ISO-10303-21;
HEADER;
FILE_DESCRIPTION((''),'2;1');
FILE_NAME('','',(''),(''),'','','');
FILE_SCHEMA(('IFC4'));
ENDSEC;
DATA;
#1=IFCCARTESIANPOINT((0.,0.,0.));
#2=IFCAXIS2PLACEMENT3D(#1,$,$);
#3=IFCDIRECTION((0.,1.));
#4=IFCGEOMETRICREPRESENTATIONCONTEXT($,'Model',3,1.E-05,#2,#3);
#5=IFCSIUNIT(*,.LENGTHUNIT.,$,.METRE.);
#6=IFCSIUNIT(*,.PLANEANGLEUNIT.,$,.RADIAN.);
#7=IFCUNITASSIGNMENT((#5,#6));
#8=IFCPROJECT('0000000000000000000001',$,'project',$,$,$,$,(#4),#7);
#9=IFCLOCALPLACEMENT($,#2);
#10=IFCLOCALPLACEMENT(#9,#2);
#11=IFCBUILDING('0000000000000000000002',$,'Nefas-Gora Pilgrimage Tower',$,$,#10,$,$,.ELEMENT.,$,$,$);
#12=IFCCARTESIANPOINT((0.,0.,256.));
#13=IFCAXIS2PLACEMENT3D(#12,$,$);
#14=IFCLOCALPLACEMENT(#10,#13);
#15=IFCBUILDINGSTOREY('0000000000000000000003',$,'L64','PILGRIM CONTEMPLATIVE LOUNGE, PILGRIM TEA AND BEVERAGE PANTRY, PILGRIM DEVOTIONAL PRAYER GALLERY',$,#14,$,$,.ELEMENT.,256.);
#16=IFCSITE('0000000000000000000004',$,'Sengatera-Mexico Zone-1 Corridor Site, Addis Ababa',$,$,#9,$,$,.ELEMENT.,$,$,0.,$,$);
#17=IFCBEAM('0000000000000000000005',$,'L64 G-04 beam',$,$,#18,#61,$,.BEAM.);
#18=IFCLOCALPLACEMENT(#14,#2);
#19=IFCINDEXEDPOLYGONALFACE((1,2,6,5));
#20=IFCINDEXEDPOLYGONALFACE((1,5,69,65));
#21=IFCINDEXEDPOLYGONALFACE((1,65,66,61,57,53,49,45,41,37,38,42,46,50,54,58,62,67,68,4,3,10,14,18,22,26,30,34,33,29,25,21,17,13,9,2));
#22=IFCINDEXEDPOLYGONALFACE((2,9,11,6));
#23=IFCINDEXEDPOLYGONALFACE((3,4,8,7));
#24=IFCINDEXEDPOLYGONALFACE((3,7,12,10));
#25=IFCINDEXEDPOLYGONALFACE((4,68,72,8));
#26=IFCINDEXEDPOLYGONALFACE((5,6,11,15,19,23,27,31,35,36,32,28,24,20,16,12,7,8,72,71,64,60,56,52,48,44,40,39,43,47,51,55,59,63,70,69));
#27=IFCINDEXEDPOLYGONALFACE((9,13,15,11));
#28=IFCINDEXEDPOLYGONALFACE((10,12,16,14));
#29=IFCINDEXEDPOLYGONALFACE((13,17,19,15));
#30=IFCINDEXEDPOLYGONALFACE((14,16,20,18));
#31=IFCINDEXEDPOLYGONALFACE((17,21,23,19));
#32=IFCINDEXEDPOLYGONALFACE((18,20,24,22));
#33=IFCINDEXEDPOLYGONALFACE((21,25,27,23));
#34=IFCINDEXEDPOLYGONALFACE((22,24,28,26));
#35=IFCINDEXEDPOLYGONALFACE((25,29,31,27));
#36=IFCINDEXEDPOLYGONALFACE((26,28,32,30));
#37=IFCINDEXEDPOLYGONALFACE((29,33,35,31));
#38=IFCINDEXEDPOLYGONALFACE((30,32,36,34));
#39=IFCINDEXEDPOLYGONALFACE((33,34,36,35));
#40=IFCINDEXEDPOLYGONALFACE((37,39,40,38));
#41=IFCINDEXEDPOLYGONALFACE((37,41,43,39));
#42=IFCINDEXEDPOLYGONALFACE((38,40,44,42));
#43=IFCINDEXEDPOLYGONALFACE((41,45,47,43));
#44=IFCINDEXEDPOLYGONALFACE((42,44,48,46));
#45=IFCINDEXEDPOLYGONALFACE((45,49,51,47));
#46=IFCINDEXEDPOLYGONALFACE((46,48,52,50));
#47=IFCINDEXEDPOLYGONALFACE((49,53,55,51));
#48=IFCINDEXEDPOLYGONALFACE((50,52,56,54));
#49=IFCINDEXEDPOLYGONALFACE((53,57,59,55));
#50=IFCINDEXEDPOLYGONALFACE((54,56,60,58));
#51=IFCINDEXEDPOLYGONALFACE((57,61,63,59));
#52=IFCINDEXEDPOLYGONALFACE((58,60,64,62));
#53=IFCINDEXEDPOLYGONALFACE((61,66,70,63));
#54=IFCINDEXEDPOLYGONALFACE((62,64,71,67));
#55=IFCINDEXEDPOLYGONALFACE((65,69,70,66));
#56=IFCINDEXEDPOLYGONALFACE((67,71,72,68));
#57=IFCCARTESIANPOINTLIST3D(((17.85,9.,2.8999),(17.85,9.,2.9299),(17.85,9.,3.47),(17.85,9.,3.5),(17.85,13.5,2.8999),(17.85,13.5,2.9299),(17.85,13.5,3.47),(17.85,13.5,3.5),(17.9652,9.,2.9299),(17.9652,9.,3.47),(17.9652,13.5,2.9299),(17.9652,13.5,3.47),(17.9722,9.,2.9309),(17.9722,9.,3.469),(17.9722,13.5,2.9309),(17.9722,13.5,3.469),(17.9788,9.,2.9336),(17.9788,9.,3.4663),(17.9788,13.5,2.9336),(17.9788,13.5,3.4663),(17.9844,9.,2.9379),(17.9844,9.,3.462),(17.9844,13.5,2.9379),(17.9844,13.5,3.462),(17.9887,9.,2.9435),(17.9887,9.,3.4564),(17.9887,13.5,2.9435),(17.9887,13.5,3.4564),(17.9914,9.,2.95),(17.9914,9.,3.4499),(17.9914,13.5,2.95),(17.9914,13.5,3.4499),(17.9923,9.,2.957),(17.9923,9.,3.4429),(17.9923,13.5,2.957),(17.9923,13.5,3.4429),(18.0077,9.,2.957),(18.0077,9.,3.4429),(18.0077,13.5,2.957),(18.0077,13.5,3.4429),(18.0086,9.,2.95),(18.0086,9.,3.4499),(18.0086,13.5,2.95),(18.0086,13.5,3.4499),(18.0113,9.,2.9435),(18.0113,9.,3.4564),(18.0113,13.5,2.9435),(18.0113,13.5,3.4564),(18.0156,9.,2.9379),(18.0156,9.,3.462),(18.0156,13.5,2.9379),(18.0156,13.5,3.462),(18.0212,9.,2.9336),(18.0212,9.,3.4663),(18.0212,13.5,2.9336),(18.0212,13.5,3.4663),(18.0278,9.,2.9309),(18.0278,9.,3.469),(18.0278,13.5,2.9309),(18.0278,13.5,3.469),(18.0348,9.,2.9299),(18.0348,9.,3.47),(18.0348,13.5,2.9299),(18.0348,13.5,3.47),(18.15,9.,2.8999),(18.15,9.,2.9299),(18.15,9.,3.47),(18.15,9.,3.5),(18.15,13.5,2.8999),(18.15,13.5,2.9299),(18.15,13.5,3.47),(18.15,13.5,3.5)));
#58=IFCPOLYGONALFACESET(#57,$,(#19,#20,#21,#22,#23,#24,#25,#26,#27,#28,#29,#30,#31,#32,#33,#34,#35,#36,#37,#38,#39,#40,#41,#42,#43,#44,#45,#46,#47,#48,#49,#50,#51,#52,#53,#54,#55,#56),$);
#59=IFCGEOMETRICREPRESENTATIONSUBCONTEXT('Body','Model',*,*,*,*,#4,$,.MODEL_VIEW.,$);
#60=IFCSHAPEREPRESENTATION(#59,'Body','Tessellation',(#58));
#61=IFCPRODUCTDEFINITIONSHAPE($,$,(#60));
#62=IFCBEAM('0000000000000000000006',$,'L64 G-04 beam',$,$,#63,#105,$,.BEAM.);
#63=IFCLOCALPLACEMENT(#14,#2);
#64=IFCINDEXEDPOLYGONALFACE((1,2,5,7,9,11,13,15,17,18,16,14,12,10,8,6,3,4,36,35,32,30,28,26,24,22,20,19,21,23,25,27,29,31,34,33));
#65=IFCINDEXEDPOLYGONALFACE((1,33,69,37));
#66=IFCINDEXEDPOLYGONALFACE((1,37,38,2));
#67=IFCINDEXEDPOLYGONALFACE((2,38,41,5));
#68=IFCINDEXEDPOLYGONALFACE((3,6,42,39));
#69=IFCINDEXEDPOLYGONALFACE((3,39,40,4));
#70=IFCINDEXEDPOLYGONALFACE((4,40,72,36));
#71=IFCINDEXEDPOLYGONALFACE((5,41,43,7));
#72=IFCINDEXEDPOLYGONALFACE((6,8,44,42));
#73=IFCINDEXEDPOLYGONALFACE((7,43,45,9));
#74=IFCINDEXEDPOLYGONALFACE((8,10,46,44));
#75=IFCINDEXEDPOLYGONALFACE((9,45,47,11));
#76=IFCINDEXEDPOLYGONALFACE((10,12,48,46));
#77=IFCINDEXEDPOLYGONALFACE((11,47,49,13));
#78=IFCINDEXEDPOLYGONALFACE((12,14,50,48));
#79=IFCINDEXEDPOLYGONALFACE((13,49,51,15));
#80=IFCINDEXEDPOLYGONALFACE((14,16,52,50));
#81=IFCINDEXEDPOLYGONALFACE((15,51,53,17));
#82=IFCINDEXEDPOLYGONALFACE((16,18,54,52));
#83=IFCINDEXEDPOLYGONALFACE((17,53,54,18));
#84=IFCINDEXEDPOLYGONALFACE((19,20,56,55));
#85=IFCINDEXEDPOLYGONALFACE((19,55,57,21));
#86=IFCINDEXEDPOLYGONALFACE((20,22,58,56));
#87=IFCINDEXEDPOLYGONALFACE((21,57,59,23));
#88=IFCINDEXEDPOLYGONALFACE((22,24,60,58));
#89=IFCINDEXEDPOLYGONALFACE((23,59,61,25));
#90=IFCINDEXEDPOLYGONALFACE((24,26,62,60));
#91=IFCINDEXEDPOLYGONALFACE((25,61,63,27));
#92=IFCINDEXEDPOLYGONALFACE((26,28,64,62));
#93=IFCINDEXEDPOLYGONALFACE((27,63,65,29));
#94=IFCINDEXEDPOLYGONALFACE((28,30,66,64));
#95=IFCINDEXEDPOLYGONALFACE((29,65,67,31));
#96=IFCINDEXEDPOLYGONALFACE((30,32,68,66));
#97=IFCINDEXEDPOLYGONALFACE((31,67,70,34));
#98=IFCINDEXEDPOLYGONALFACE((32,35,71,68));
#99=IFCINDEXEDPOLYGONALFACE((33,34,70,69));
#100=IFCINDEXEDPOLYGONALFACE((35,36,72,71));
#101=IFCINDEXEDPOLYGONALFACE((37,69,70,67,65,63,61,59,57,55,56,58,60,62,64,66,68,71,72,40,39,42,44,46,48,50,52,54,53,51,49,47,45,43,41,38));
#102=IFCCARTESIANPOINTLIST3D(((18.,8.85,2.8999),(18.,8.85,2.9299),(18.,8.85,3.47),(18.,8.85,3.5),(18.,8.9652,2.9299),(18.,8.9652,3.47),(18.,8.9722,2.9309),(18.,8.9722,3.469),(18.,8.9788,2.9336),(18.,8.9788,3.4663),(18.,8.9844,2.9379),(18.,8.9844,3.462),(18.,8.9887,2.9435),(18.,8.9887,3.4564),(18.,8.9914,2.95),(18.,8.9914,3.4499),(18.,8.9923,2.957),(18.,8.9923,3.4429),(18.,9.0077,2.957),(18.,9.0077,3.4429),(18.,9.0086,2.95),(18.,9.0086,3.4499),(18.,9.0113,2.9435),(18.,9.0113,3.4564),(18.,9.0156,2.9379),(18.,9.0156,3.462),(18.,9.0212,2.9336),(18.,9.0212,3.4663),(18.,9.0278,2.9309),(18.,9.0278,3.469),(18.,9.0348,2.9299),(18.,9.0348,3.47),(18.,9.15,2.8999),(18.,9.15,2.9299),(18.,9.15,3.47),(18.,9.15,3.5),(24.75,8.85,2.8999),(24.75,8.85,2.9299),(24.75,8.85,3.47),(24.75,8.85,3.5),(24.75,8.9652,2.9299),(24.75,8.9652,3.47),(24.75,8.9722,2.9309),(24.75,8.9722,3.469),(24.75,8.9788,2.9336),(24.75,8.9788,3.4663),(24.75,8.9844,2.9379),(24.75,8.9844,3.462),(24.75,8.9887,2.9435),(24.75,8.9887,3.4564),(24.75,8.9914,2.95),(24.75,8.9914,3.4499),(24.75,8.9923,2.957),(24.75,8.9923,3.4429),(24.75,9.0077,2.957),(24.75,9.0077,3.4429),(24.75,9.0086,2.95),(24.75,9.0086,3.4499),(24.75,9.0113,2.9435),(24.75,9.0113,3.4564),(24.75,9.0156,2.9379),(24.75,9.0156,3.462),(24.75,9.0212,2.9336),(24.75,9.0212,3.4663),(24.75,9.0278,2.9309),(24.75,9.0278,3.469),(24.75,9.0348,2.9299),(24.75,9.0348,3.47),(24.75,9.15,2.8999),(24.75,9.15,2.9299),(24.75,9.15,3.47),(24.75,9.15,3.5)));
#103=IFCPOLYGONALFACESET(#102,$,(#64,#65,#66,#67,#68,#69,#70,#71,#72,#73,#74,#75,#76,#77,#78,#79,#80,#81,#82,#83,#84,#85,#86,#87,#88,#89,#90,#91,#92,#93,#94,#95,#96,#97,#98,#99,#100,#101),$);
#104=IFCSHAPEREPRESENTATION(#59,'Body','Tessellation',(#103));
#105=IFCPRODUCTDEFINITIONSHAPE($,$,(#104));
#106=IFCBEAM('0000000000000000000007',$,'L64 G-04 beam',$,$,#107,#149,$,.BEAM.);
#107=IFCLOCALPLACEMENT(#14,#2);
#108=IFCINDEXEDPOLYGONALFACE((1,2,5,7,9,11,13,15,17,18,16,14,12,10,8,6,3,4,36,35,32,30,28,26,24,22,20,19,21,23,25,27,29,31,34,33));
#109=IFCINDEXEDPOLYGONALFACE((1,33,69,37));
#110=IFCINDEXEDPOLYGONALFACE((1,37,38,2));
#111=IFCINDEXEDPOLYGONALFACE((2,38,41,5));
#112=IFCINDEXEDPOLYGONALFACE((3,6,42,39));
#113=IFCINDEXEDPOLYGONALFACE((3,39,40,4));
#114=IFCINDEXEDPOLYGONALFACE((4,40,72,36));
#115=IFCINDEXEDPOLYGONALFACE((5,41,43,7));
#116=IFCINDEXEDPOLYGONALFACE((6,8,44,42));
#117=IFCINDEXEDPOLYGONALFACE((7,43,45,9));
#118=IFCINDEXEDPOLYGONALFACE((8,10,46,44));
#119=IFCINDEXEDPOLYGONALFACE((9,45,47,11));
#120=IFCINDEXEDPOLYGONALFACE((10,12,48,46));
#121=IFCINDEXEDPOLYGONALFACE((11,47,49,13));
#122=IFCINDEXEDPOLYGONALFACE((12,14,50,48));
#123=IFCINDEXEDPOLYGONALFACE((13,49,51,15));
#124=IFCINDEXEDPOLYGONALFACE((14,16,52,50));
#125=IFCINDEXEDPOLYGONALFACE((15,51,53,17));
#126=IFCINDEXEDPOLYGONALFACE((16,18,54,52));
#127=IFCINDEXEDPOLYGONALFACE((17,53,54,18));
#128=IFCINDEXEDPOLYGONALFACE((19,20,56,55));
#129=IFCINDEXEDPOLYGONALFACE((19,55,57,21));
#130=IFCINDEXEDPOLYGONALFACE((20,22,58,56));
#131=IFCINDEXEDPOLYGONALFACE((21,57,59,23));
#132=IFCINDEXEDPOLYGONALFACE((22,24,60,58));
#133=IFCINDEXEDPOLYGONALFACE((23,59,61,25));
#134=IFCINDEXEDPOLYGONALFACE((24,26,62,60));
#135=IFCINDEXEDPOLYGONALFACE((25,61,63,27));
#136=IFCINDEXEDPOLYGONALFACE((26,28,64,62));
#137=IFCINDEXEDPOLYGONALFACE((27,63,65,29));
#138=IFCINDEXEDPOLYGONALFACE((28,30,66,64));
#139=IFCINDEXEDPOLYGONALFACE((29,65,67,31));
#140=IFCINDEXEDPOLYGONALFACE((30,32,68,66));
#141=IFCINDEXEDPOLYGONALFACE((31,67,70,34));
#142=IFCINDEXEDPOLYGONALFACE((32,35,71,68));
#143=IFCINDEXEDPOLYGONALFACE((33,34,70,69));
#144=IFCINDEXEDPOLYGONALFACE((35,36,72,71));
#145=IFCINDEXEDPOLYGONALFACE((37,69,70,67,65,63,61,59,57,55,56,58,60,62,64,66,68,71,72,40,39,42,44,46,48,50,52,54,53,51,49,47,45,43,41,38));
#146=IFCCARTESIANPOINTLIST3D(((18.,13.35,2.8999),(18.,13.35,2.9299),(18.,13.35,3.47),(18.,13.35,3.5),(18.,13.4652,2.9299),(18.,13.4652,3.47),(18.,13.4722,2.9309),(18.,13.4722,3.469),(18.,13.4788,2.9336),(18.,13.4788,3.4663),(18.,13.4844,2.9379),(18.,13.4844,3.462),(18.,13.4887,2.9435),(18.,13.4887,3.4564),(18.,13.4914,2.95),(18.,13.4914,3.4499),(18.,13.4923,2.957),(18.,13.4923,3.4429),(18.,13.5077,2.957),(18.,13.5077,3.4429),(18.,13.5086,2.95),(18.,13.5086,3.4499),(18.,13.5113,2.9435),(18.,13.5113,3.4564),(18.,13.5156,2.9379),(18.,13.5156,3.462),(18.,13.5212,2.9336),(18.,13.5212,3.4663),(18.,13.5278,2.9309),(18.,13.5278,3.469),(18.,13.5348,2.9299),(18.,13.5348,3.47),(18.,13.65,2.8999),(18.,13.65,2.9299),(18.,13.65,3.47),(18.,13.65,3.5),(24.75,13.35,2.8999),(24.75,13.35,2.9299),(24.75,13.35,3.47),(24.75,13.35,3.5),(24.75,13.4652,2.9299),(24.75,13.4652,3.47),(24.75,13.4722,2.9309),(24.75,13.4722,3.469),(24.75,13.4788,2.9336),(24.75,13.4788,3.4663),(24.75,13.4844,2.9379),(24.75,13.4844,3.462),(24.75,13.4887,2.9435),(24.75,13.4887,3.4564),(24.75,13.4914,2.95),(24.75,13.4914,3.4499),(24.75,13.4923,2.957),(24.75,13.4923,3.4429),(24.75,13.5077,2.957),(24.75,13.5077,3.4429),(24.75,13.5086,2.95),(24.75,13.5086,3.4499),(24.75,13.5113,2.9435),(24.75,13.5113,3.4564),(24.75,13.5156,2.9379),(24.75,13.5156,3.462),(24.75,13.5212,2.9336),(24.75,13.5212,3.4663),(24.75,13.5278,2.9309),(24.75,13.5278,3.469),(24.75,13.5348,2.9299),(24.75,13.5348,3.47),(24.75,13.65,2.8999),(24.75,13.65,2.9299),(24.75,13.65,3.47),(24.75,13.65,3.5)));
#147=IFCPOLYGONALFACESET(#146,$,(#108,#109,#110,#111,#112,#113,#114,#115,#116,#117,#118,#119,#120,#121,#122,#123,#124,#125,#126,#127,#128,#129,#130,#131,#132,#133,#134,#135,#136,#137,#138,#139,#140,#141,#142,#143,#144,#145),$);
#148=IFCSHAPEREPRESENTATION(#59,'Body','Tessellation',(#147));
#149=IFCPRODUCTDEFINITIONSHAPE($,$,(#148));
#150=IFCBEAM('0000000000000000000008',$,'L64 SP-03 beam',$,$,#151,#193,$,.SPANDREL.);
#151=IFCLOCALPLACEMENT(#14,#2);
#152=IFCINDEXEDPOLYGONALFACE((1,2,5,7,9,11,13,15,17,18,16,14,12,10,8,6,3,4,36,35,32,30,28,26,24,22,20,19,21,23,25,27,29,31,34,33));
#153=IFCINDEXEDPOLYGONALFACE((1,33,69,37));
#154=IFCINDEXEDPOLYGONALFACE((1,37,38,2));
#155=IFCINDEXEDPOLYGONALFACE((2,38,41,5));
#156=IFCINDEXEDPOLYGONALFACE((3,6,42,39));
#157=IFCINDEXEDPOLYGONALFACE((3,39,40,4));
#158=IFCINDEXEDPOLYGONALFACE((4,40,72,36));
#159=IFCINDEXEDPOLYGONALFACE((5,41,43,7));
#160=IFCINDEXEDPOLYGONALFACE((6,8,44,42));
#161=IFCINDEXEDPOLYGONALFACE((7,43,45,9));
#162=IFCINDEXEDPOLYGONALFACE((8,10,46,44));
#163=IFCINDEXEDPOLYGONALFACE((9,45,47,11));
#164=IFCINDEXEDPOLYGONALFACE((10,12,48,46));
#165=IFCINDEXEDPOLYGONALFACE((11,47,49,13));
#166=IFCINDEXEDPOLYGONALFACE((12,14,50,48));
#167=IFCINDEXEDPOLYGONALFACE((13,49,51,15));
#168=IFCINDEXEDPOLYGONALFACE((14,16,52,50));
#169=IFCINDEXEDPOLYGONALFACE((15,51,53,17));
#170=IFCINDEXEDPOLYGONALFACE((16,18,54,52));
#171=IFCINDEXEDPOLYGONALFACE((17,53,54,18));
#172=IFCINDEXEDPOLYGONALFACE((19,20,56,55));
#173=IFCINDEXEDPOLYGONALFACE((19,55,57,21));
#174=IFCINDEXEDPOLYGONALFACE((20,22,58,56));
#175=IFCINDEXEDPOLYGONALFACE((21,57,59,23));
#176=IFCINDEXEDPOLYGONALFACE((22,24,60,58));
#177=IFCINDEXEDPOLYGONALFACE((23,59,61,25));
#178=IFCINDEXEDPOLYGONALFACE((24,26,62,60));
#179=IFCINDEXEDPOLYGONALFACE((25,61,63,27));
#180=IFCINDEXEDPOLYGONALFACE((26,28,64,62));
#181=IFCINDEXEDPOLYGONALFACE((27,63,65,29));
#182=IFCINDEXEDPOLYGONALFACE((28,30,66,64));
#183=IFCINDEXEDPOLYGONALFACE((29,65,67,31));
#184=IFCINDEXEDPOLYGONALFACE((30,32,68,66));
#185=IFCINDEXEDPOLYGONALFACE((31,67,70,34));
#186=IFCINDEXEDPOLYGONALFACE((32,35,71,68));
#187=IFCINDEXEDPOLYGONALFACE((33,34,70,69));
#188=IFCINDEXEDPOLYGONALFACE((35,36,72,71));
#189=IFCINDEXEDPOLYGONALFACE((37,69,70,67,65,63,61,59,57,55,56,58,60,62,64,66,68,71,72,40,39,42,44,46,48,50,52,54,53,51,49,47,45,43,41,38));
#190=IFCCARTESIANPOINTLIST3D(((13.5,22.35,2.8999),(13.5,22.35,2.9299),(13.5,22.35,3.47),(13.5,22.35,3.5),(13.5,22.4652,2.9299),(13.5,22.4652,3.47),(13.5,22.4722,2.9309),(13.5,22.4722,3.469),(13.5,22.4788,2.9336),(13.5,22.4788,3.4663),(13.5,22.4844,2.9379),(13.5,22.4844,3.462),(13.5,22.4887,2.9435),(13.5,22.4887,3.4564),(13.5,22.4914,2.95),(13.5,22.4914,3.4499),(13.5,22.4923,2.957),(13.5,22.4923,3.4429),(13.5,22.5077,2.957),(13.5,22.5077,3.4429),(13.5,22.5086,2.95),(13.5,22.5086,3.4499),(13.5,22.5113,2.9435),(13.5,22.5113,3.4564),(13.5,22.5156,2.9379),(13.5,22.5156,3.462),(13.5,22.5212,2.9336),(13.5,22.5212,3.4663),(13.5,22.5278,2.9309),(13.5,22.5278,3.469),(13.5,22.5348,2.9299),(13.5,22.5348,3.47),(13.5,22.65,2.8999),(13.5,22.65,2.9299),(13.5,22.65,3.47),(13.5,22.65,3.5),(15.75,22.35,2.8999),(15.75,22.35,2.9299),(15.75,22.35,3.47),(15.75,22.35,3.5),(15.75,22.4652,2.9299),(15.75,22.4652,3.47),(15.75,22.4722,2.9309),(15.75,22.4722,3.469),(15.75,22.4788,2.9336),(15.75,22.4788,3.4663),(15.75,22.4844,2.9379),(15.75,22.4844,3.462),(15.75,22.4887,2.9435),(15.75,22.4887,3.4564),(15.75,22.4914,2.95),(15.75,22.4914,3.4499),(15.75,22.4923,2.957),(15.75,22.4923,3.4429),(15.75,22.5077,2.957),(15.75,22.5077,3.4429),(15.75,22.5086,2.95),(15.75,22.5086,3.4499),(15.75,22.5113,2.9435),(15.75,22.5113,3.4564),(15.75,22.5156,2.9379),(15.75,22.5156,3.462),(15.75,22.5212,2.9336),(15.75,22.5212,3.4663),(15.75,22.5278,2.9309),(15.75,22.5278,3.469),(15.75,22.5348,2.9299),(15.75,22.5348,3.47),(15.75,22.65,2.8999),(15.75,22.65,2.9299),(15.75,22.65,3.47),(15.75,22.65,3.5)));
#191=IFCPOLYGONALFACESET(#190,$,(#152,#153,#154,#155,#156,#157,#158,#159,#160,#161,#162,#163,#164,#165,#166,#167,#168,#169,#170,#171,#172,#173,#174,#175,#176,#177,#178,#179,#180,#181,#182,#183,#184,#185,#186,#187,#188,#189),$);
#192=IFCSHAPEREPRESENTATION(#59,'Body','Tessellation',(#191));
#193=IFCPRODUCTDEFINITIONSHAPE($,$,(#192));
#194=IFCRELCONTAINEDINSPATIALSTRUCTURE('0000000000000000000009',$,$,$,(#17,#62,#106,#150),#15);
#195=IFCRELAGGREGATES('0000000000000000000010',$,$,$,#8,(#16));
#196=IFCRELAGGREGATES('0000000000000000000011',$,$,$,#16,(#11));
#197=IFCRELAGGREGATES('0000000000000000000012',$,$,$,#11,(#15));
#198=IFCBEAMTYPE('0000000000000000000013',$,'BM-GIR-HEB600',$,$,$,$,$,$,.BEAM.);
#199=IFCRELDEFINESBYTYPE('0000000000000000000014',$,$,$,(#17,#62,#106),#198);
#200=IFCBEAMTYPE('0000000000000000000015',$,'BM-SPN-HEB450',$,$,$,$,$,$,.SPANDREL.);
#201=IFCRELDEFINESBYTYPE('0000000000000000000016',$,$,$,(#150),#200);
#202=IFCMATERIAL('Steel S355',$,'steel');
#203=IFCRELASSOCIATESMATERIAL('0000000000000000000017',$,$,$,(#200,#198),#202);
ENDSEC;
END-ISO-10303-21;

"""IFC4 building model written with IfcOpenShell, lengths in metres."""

from ifc_helpers import new_model, si_unit, direction, frame, origin, origin_2d, place, context, subcontext, project, spatial, i_section, extrude, source, transform, mapped, material, material_profile, profile_set, type_object, element, save


model = new_model("IFC4")

# Units and contexts
model_context = context("Model", 3, precision=1e-05, world=origin(), true_north=direction((0.0, 1.0)))
body_context = subcontext(model_context, "Body", "Model", "MODEL_VIEW")
ifc_project = project(units=[si_unit("LENGTHUNIT", "METRE"), si_unit("PLANEANGLEUNIT", "RADIAN")], contexts=[model_context])

# Site, building, storey
site_placement = place(None, origin())
site = spatial("IfcSite", under=ifc_project, at=site_placement, Name="Sengatera-Mexico Zone-1 Corridor Site, Addis Ababa", CompositionType="ELEMENT", RefElevation=0.0)
building_placement = place(site_placement, origin())
building = spatial("IfcBuilding", under=site, at=building_placement, Name="Nefas-Gora Pilgrimage Tower", CompositionType="ELEMENT")
storey_placement = place(building_placement, frame((0.0, 0.0, 256.0)))
storey = spatial("IfcBuildingStorey", under=building, at=storey_placement, Name="L64", Description="PILGRIM CONTEMPLATIVE LOUNGE, PILGRIM TEA AND BEVERAGE PANTRY, PILGRIM DEVOTIONAL PRAYER GALLERY", CompositionType="ELEMENT", Elevation=256.0)

# Beams
ifc_material_1 = material(Name="Steel S355", Category="steel")
ifc_material_profile_1 = material_profile(ifc_material_1, i_section(OverallWidth=0.3, OverallDepth=0.6001, WebThickness=0.0154, FlangeThickness=0.03, FilletRadius=0.0271, at=origin_2d()), Name="HEB 600")
ifc_profile_set_1 = profile_set([ifc_material_profile_1], Name="Steel S355")
beam_type_1 = type_object("IfcBeamType", Name="BM-SPN-HEB450", PredefinedType="SPANDREL", material=ifc_profile_set_1)
ifc_material_profile_2 = material_profile(ifc_material_1, i_section(OverallWidth=0.3, OverallDepth=0.6001, WebThickness=0.0154, FlangeThickness=0.03, FilletRadius=0.0271, at=origin_2d()), Name="HEB 600")
ifc_profile_set_2 = profile_set([ifc_material_profile_2], Name="Steel S355")
beam_type_2 = type_object("IfcBeamType", Name="BM-GIR-HEB600", PredefinedType="BEAM", material=ifc_profile_set_2)
shared_shape_1 = source(origin(), body_context, "Body", "SweptSolid", [
    extrude(i_section(OverallWidth=0.3, OverallDepth=0.6001, WebThickness=0.0154, FlangeThickness=0.03, FilletRadius=0.0271, at=origin_2d()), origin(), (0.0, 0.0, 1.0), 4.5),
])
beam_1_placement = place(storey_placement, frame((18.0, 9.0, 3.2), z_axis=(0.0, 1.0, 0.0), x_axis=(-1.0, 0.0, 0.0)))
element("IfcBeam", 1, at=beam_1_placement, inside=storey, type_object=beam_type_2, Name="L64 G-04 beam", PredefinedType="BEAM", context=body_context, shape_type="MappedRepresentation", body=[
    mapped(shared_shape_1, transform((0.0, 0.0, 0.0), x_axis=(1.0, 0.0, 0.0), y_axis=(0.0, 1.0, 0.0), z_axis=(0.0, 0.0, 1.0), scale=1.0)),
])
shared_shape_2 = source(origin(), body_context, "Body", "SweptSolid", [
    extrude(i_section(OverallWidth=0.3, OverallDepth=0.6001, WebThickness=0.0154, FlangeThickness=0.03, FilletRadius=0.0271, at=origin_2d()), origin(), (0.0, 0.0, 1.0), 6.75),
])
for number, where, z_axis, x_axis, name in (
    (2, (18.0, 9.0, 3.2), (1.0, 0.0, 0.0), (0.0, 1.0, 0.0), "L64 G-04 beam"),
    (3, (18.0, 13.5, 3.2), (1.0, 0.0, 0.0), (0.0, 1.0, 0.0), "L64 G-04 beam"),
):
    element("IfcBeam", number, at=place(storey_placement, frame(where, z_axis=z_axis, x_axis=x_axis)), inside=storey, type_object=beam_type_2, Name=name, PredefinedType="BEAM", context=body_context, shape_type="MappedRepresentation", body=[
        mapped(shared_shape_2, transform((0.0, 0.0, 0.0), x_axis=(1.0, 0.0, 0.0), y_axis=(0.0, 1.0, 0.0), z_axis=(0.0, 0.0, 1.0), scale=1.0)),
    ])
shared_shape_3 = source(origin(), body_context, "Body", "SweptSolid", [
    extrude(i_section(OverallWidth=0.3, OverallDepth=0.6001, WebThickness=0.0154, FlangeThickness=0.03, FilletRadius=0.0271, at=origin_2d()), origin(), (0.0, 0.0, 1.0), 2.25),
])
beam_2_placement = place(storey_placement, frame((13.5, 22.5, 3.2), z_axis=(1.0, 0.0, 0.0), x_axis=(0.0, 1.0, 0.0)))
element("IfcBeam", 4, at=beam_2_placement, inside=storey, type_object=beam_type_1, Name="L64 SP-03 beam", PredefinedType="SPANDREL", context=body_context, shape_type="MappedRepresentation", body=[
    mapped(shared_shape_3, transform((0.0, 0.0, 0.0), x_axis=(1.0, 0.0, 0.0), y_axis=(0.0, 1.0, 0.0), z_axis=(0.0, 0.0, 1.0), scale=1.0)),
])

save(model, "model.ifc")
